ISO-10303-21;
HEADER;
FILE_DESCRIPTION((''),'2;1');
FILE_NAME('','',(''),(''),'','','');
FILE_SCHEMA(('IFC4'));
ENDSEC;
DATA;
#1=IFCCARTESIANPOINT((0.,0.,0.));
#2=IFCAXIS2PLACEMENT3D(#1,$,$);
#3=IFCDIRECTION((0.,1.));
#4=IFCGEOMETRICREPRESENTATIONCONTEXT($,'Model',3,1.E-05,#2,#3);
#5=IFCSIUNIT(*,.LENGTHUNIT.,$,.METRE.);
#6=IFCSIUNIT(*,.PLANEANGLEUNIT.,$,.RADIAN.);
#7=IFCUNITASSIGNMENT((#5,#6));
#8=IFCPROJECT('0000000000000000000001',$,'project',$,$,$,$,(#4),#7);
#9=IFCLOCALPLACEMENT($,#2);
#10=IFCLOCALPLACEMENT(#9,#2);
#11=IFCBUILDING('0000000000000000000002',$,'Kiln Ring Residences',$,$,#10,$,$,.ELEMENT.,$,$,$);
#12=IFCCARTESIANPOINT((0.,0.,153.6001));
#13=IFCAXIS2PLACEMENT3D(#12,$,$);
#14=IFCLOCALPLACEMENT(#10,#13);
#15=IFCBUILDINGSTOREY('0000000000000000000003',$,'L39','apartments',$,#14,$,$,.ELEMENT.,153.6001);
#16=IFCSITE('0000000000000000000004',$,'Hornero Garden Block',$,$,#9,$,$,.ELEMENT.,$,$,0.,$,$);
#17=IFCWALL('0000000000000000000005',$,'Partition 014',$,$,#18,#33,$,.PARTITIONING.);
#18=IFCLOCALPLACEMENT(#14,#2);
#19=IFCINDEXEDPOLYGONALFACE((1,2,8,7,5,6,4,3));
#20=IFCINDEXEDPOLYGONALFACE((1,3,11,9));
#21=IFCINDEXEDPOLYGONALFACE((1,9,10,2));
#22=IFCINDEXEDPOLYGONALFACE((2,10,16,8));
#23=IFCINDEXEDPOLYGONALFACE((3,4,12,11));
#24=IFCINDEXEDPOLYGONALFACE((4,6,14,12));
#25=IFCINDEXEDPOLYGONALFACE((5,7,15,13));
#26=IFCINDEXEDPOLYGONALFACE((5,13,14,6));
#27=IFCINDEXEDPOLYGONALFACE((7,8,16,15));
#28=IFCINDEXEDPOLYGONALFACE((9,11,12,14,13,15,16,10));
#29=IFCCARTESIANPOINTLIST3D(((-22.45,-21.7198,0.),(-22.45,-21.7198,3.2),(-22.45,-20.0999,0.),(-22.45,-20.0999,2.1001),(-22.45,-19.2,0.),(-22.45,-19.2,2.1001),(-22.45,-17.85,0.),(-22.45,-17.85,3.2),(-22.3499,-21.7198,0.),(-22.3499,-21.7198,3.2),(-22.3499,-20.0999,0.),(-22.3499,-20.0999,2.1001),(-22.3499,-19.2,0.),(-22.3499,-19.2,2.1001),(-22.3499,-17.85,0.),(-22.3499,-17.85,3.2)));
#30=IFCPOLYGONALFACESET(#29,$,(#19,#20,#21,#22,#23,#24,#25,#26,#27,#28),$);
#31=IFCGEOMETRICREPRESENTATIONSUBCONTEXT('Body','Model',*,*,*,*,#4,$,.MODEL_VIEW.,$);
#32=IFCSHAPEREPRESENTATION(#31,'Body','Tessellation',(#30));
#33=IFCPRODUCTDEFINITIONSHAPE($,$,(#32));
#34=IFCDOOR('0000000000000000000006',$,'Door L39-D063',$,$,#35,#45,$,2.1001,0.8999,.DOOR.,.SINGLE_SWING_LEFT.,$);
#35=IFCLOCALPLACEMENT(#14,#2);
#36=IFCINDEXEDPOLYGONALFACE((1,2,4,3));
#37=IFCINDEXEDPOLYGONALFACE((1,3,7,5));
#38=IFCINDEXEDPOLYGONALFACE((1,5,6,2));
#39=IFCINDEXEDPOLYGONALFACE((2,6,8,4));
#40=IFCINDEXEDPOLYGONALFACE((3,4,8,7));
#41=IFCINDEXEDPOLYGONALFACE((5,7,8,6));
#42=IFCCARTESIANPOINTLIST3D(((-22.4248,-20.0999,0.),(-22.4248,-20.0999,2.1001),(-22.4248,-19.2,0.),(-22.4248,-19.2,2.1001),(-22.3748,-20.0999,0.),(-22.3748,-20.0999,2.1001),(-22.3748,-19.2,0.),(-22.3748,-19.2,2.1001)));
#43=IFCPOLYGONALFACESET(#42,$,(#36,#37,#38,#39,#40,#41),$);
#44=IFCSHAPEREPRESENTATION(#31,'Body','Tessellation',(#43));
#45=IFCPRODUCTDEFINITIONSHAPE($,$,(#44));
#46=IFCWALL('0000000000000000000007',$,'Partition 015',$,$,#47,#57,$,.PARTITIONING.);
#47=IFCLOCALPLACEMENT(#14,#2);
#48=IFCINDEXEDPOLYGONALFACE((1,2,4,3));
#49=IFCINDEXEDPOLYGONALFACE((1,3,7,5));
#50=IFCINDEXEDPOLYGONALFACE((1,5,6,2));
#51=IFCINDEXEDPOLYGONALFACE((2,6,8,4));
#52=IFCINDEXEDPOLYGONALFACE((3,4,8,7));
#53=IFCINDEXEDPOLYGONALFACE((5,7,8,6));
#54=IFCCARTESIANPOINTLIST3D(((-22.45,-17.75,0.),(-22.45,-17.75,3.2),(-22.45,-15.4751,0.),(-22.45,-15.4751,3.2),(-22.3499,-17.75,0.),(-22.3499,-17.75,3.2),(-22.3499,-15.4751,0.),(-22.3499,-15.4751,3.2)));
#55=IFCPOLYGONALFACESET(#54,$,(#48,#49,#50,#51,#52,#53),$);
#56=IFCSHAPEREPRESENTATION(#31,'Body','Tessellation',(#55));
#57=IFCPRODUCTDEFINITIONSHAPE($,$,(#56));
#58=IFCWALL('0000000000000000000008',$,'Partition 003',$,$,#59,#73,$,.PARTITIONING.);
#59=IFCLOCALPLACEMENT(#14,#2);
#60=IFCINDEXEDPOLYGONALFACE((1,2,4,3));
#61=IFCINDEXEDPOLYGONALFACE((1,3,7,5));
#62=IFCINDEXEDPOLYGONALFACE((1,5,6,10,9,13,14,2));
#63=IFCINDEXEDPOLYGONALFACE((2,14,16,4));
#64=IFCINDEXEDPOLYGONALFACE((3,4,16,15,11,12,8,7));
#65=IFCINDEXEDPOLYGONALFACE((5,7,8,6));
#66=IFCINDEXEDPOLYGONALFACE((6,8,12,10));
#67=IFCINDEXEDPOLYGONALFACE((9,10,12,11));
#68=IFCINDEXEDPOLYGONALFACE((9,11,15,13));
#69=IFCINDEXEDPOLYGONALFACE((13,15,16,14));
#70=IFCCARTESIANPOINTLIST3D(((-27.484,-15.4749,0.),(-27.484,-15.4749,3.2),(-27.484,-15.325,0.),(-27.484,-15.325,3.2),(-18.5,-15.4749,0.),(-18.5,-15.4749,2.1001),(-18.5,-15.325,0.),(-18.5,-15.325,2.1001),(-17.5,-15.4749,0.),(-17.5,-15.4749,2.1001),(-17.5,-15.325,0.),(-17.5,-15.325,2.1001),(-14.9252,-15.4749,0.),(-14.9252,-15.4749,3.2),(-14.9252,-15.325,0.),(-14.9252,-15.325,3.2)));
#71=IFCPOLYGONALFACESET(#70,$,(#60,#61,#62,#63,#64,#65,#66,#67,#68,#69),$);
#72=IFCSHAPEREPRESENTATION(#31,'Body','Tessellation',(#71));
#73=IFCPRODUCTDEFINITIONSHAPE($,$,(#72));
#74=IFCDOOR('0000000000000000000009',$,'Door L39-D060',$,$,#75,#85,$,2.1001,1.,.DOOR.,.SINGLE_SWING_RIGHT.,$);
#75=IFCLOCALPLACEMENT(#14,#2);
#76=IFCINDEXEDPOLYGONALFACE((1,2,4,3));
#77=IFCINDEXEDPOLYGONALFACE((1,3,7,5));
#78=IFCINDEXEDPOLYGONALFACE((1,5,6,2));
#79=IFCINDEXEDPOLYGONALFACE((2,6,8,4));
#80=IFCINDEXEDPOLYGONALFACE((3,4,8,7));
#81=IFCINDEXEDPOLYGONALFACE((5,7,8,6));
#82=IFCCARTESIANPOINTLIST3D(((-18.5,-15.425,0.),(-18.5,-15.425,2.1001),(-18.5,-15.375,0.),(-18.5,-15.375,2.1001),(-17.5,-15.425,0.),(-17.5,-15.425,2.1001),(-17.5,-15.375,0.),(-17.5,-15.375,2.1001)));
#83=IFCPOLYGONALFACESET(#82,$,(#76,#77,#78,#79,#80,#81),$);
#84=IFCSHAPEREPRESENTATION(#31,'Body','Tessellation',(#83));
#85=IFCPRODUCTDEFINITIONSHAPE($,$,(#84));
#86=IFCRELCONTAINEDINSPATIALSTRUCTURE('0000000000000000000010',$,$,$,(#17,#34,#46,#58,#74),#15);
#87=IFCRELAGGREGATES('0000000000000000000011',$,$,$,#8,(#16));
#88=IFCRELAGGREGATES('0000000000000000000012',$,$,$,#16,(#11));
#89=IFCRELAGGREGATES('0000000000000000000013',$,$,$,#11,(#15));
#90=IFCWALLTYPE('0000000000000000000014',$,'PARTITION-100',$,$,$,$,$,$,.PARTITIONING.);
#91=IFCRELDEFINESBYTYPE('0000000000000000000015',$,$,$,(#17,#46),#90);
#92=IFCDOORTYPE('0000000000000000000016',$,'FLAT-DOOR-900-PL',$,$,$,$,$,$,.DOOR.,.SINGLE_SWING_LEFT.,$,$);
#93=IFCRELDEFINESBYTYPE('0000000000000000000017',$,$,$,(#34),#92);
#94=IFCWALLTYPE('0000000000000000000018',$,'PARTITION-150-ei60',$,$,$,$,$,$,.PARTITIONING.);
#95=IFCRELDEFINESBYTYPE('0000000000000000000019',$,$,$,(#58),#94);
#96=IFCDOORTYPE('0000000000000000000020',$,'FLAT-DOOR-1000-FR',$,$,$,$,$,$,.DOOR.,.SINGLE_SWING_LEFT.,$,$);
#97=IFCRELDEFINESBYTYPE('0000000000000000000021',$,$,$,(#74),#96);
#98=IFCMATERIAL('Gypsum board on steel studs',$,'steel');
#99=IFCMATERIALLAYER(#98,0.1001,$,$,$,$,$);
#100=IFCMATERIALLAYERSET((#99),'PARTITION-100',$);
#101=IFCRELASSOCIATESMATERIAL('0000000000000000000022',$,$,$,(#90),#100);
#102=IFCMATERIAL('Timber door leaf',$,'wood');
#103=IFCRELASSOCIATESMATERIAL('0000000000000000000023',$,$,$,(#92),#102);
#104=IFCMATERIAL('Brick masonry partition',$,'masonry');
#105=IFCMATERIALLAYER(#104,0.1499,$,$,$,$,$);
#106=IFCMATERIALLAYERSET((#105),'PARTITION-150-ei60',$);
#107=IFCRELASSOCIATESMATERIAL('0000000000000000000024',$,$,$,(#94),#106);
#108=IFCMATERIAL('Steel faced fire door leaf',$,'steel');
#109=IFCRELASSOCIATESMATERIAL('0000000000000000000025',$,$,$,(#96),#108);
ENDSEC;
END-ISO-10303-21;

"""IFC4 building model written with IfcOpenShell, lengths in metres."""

from ifc_helpers import new_model, si_unit, direction, frame, frame_2d, origin, place, context, subcontext, project, spatial, rectangle, extrude, material, layer, layer_set, type_object, element, fill, save


model = new_model("IFC4")

# Units and contexts
model_context = context("Model", 3, precision=1e-05, world=origin(), true_north=direction((0.0, 1.0)))
body_context = subcontext(model_context, "Body", "Model", "MODEL_VIEW")
ifc_project = project(units=[si_unit("LENGTHUNIT", "METRE"), si_unit("PLANEANGLEUNIT", "RADIAN")], contexts=[model_context])

# Site, building, storey
site_placement = place(None, origin())
site = spatial("IfcSite", under=ifc_project, at=site_placement, Name="Hornero Garden Block", CompositionType="ELEMENT", RefElevation=0.0)
building_placement = place(site_placement, origin())
building = spatial("IfcBuilding", under=site, at=building_placement, Name="Kiln Ring Residences", CompositionType="ELEMENT")
storey_placement = place(building_placement, frame((0.0, 0.0, 153.6001)))
storey = spatial("IfcBuildingStorey", under=building, at=storey_placement, Name="L39", Description="apartments", CompositionType="ELEMENT", Elevation=153.6001)

# Shared definitions
ifc_material_1 = material(Name="Gypsum board on steel studs", Category="steel")
ifc_layer_1 = layer(ifc_material_1, 0.1001)
ifc_layer_set_1 = layer_set([ifc_layer_1], Name="PARTITION-100")
wall_type_1 = type_object("IfcWallType", Name="PARTITION-100", PredefinedType="PARTITIONING", material=ifc_layer_set_1)
ifc_material_2 = material(Name="Timber door leaf", Category="wood")
door_type_1 = type_object("IfcDoorType", Name="FLAT-DOOR-900-PL", OperationType="SINGLE_SWING_LEFT", PredefinedType="DOOR", material=ifc_material_2)

# Wall, opening, door
wall_1_placement = place(storey_placement, frame((-22.3999, -21.72, 0.0), z_axis=(0.0, 0.0, 1.0), x_axis=(0.0, 1.0, 0.0)))
wall_1 = element("IfcWall", 1, at=wall_1_placement, inside=storey, type_object=wall_type_1, Name="Partition 014", PredefinedType="PARTITIONING", context=body_context, shape_type="SweptSolid", body=[
    extrude(rectangle(XDim=3.8699, YDim=0.1001, at=frame_2d((1.9351, 0.0))), origin(), (0.0, 0.0, 1.0), 3.2),
])
opening_1_placement = place(wall_1_placement, frame((1.6201, 0.0, 0.0)))
opening_1 = element("IfcOpeningElement", 2, at=opening_1_placement, cuts=wall_1, PredefinedType="OPENING", context=body_context, shape_type="SweptSolid", body=[
    extrude(rectangle(XDim=0.8999, YDim=2.1001, at=frame_2d((0.45, 1.05))), frame((0.0, 0.0601, 0.0), z_axis=(0.0, -1.0, 0.0), x_axis=(1.0, 0.0, 0.0)), (0.0, 0.0, 1.0), 0.1201),
])
door_1_placement = place(opening_1_placement, origin())
door_1 = element("IfcDoor", 3, at=door_1_placement, inside=storey, type_object=door_type_1, Name="Door L39-D063", OperationType="SINGLE_SWING_LEFT", OverallHeight=2.1001, OverallWidth=0.8999, PredefinedType="DOOR", context=body_context, shape_type="SweptSolid", body=[
    extrude(rectangle(XDim=0.8999, YDim=2.1001, at=frame_2d((0.45, 1.05))), frame((0.0, 0.0249, 0.0), z_axis=(0.0, -1.0, 0.0), x_axis=(1.0, 0.0, 0.0)), (0.0, 0.0, 1.0), 0.05),
])
fill(opening_1, door_1)

# Wall
wall_2_placement = place(storey_placement, frame((-22.3999, -17.75, 0.0), z_axis=(0.0, 0.0, 1.0), x_axis=(0.0, 1.0, 0.0)))
element("IfcWall", 4, at=wall_2_placement, inside=storey, type_object=wall_type_1, Name="Partition 015", PredefinedType="PARTITIONING", context=body_context, shape_type="SweptSolid", body=[
    extrude(rectangle(XDim=2.2749, YDim=0.1001, at=frame_2d((1.1375, 0.0))), origin(), (0.0, 0.0, 1.0), 3.2),
])

# Wall, opening, door
ifc_material_3 = material(Name="Brick masonry partition", Category="masonry")
ifc_layer_2 = layer(ifc_material_3, 0.1499)
ifc_layer_set_2 = layer_set([ifc_layer_2], Name="PARTITION-150-ei60")
wall_type_2 = type_object("IfcWallType", Name="PARTITION-150-ei60", PredefinedType="PARTITIONING", material=ifc_layer_set_2)
wall_3_placement = place(storey_placement, frame((-27.4839, -15.3999, 0.0), z_axis=(0.0, 0.0, 1.0), x_axis=(1.0, 0.0, 0.0)))
wall_3 = element("IfcWall", 5, at=wall_3_placement, inside=storey, type_object=wall_type_2, Name="Partition 003", PredefinedType="PARTITIONING", context=body_context, shape_type="SweptSolid", body=[
    extrude(rectangle(XDim=12.5588, YDim=0.1499, at=frame_2d((6.2793, 0.0))), origin(), (0.0, 0.0, 1.0), 3.2),
])
opening_2_placement = place(wall_3_placement, frame((8.9839, 0.0, 0.0)))
opening_2 = element("IfcOpeningElement", 6, at=opening_2_placement, cuts=wall_3, PredefinedType="OPENING", context=body_context, shape_type="SweptSolid", body=[
    extrude(rectangle(XDim=1.0, YDim=2.1001, at=frame_2d((0.5, 1.05))), frame((0.0, 0.085, 0.0), z_axis=(0.0, -1.0, 0.0), x_axis=(1.0, 0.0, 0.0)), (0.0, 0.0, 1.0), 0.1699),
])
ifc_material_4 = material(Name="Steel faced fire door leaf", Category="steel")
door_type_2 = type_object("IfcDoorType", Name="FLAT-DOOR-1000-FR", OperationType="SINGLE_SWING_LEFT", PredefinedType="DOOR", material=ifc_material_4)
door_2_placement = place(opening_2_placement, origin())
door_2 = element("IfcDoor", 7, at=door_2_placement, inside=storey, type_object=door_type_2, Name="Door L39-D060", OperationType="SINGLE_SWING_RIGHT", OverallHeight=2.1001, OverallWidth=1.0, PredefinedType="DOOR", context=body_context, shape_type="SweptSolid", body=[
    extrude(rectangle(XDim=1.0, YDim=2.1001, at=frame_2d((0.5, 1.05))), frame((0.0, 0.0249, 0.0), z_axis=(0.0, -1.0, 0.0), x_axis=(1.0, 0.0, 0.0)), (0.0, 0.0, 1.0), 0.05),
])
fill(opening_2, door_2)

save(model, "model.ifc")
